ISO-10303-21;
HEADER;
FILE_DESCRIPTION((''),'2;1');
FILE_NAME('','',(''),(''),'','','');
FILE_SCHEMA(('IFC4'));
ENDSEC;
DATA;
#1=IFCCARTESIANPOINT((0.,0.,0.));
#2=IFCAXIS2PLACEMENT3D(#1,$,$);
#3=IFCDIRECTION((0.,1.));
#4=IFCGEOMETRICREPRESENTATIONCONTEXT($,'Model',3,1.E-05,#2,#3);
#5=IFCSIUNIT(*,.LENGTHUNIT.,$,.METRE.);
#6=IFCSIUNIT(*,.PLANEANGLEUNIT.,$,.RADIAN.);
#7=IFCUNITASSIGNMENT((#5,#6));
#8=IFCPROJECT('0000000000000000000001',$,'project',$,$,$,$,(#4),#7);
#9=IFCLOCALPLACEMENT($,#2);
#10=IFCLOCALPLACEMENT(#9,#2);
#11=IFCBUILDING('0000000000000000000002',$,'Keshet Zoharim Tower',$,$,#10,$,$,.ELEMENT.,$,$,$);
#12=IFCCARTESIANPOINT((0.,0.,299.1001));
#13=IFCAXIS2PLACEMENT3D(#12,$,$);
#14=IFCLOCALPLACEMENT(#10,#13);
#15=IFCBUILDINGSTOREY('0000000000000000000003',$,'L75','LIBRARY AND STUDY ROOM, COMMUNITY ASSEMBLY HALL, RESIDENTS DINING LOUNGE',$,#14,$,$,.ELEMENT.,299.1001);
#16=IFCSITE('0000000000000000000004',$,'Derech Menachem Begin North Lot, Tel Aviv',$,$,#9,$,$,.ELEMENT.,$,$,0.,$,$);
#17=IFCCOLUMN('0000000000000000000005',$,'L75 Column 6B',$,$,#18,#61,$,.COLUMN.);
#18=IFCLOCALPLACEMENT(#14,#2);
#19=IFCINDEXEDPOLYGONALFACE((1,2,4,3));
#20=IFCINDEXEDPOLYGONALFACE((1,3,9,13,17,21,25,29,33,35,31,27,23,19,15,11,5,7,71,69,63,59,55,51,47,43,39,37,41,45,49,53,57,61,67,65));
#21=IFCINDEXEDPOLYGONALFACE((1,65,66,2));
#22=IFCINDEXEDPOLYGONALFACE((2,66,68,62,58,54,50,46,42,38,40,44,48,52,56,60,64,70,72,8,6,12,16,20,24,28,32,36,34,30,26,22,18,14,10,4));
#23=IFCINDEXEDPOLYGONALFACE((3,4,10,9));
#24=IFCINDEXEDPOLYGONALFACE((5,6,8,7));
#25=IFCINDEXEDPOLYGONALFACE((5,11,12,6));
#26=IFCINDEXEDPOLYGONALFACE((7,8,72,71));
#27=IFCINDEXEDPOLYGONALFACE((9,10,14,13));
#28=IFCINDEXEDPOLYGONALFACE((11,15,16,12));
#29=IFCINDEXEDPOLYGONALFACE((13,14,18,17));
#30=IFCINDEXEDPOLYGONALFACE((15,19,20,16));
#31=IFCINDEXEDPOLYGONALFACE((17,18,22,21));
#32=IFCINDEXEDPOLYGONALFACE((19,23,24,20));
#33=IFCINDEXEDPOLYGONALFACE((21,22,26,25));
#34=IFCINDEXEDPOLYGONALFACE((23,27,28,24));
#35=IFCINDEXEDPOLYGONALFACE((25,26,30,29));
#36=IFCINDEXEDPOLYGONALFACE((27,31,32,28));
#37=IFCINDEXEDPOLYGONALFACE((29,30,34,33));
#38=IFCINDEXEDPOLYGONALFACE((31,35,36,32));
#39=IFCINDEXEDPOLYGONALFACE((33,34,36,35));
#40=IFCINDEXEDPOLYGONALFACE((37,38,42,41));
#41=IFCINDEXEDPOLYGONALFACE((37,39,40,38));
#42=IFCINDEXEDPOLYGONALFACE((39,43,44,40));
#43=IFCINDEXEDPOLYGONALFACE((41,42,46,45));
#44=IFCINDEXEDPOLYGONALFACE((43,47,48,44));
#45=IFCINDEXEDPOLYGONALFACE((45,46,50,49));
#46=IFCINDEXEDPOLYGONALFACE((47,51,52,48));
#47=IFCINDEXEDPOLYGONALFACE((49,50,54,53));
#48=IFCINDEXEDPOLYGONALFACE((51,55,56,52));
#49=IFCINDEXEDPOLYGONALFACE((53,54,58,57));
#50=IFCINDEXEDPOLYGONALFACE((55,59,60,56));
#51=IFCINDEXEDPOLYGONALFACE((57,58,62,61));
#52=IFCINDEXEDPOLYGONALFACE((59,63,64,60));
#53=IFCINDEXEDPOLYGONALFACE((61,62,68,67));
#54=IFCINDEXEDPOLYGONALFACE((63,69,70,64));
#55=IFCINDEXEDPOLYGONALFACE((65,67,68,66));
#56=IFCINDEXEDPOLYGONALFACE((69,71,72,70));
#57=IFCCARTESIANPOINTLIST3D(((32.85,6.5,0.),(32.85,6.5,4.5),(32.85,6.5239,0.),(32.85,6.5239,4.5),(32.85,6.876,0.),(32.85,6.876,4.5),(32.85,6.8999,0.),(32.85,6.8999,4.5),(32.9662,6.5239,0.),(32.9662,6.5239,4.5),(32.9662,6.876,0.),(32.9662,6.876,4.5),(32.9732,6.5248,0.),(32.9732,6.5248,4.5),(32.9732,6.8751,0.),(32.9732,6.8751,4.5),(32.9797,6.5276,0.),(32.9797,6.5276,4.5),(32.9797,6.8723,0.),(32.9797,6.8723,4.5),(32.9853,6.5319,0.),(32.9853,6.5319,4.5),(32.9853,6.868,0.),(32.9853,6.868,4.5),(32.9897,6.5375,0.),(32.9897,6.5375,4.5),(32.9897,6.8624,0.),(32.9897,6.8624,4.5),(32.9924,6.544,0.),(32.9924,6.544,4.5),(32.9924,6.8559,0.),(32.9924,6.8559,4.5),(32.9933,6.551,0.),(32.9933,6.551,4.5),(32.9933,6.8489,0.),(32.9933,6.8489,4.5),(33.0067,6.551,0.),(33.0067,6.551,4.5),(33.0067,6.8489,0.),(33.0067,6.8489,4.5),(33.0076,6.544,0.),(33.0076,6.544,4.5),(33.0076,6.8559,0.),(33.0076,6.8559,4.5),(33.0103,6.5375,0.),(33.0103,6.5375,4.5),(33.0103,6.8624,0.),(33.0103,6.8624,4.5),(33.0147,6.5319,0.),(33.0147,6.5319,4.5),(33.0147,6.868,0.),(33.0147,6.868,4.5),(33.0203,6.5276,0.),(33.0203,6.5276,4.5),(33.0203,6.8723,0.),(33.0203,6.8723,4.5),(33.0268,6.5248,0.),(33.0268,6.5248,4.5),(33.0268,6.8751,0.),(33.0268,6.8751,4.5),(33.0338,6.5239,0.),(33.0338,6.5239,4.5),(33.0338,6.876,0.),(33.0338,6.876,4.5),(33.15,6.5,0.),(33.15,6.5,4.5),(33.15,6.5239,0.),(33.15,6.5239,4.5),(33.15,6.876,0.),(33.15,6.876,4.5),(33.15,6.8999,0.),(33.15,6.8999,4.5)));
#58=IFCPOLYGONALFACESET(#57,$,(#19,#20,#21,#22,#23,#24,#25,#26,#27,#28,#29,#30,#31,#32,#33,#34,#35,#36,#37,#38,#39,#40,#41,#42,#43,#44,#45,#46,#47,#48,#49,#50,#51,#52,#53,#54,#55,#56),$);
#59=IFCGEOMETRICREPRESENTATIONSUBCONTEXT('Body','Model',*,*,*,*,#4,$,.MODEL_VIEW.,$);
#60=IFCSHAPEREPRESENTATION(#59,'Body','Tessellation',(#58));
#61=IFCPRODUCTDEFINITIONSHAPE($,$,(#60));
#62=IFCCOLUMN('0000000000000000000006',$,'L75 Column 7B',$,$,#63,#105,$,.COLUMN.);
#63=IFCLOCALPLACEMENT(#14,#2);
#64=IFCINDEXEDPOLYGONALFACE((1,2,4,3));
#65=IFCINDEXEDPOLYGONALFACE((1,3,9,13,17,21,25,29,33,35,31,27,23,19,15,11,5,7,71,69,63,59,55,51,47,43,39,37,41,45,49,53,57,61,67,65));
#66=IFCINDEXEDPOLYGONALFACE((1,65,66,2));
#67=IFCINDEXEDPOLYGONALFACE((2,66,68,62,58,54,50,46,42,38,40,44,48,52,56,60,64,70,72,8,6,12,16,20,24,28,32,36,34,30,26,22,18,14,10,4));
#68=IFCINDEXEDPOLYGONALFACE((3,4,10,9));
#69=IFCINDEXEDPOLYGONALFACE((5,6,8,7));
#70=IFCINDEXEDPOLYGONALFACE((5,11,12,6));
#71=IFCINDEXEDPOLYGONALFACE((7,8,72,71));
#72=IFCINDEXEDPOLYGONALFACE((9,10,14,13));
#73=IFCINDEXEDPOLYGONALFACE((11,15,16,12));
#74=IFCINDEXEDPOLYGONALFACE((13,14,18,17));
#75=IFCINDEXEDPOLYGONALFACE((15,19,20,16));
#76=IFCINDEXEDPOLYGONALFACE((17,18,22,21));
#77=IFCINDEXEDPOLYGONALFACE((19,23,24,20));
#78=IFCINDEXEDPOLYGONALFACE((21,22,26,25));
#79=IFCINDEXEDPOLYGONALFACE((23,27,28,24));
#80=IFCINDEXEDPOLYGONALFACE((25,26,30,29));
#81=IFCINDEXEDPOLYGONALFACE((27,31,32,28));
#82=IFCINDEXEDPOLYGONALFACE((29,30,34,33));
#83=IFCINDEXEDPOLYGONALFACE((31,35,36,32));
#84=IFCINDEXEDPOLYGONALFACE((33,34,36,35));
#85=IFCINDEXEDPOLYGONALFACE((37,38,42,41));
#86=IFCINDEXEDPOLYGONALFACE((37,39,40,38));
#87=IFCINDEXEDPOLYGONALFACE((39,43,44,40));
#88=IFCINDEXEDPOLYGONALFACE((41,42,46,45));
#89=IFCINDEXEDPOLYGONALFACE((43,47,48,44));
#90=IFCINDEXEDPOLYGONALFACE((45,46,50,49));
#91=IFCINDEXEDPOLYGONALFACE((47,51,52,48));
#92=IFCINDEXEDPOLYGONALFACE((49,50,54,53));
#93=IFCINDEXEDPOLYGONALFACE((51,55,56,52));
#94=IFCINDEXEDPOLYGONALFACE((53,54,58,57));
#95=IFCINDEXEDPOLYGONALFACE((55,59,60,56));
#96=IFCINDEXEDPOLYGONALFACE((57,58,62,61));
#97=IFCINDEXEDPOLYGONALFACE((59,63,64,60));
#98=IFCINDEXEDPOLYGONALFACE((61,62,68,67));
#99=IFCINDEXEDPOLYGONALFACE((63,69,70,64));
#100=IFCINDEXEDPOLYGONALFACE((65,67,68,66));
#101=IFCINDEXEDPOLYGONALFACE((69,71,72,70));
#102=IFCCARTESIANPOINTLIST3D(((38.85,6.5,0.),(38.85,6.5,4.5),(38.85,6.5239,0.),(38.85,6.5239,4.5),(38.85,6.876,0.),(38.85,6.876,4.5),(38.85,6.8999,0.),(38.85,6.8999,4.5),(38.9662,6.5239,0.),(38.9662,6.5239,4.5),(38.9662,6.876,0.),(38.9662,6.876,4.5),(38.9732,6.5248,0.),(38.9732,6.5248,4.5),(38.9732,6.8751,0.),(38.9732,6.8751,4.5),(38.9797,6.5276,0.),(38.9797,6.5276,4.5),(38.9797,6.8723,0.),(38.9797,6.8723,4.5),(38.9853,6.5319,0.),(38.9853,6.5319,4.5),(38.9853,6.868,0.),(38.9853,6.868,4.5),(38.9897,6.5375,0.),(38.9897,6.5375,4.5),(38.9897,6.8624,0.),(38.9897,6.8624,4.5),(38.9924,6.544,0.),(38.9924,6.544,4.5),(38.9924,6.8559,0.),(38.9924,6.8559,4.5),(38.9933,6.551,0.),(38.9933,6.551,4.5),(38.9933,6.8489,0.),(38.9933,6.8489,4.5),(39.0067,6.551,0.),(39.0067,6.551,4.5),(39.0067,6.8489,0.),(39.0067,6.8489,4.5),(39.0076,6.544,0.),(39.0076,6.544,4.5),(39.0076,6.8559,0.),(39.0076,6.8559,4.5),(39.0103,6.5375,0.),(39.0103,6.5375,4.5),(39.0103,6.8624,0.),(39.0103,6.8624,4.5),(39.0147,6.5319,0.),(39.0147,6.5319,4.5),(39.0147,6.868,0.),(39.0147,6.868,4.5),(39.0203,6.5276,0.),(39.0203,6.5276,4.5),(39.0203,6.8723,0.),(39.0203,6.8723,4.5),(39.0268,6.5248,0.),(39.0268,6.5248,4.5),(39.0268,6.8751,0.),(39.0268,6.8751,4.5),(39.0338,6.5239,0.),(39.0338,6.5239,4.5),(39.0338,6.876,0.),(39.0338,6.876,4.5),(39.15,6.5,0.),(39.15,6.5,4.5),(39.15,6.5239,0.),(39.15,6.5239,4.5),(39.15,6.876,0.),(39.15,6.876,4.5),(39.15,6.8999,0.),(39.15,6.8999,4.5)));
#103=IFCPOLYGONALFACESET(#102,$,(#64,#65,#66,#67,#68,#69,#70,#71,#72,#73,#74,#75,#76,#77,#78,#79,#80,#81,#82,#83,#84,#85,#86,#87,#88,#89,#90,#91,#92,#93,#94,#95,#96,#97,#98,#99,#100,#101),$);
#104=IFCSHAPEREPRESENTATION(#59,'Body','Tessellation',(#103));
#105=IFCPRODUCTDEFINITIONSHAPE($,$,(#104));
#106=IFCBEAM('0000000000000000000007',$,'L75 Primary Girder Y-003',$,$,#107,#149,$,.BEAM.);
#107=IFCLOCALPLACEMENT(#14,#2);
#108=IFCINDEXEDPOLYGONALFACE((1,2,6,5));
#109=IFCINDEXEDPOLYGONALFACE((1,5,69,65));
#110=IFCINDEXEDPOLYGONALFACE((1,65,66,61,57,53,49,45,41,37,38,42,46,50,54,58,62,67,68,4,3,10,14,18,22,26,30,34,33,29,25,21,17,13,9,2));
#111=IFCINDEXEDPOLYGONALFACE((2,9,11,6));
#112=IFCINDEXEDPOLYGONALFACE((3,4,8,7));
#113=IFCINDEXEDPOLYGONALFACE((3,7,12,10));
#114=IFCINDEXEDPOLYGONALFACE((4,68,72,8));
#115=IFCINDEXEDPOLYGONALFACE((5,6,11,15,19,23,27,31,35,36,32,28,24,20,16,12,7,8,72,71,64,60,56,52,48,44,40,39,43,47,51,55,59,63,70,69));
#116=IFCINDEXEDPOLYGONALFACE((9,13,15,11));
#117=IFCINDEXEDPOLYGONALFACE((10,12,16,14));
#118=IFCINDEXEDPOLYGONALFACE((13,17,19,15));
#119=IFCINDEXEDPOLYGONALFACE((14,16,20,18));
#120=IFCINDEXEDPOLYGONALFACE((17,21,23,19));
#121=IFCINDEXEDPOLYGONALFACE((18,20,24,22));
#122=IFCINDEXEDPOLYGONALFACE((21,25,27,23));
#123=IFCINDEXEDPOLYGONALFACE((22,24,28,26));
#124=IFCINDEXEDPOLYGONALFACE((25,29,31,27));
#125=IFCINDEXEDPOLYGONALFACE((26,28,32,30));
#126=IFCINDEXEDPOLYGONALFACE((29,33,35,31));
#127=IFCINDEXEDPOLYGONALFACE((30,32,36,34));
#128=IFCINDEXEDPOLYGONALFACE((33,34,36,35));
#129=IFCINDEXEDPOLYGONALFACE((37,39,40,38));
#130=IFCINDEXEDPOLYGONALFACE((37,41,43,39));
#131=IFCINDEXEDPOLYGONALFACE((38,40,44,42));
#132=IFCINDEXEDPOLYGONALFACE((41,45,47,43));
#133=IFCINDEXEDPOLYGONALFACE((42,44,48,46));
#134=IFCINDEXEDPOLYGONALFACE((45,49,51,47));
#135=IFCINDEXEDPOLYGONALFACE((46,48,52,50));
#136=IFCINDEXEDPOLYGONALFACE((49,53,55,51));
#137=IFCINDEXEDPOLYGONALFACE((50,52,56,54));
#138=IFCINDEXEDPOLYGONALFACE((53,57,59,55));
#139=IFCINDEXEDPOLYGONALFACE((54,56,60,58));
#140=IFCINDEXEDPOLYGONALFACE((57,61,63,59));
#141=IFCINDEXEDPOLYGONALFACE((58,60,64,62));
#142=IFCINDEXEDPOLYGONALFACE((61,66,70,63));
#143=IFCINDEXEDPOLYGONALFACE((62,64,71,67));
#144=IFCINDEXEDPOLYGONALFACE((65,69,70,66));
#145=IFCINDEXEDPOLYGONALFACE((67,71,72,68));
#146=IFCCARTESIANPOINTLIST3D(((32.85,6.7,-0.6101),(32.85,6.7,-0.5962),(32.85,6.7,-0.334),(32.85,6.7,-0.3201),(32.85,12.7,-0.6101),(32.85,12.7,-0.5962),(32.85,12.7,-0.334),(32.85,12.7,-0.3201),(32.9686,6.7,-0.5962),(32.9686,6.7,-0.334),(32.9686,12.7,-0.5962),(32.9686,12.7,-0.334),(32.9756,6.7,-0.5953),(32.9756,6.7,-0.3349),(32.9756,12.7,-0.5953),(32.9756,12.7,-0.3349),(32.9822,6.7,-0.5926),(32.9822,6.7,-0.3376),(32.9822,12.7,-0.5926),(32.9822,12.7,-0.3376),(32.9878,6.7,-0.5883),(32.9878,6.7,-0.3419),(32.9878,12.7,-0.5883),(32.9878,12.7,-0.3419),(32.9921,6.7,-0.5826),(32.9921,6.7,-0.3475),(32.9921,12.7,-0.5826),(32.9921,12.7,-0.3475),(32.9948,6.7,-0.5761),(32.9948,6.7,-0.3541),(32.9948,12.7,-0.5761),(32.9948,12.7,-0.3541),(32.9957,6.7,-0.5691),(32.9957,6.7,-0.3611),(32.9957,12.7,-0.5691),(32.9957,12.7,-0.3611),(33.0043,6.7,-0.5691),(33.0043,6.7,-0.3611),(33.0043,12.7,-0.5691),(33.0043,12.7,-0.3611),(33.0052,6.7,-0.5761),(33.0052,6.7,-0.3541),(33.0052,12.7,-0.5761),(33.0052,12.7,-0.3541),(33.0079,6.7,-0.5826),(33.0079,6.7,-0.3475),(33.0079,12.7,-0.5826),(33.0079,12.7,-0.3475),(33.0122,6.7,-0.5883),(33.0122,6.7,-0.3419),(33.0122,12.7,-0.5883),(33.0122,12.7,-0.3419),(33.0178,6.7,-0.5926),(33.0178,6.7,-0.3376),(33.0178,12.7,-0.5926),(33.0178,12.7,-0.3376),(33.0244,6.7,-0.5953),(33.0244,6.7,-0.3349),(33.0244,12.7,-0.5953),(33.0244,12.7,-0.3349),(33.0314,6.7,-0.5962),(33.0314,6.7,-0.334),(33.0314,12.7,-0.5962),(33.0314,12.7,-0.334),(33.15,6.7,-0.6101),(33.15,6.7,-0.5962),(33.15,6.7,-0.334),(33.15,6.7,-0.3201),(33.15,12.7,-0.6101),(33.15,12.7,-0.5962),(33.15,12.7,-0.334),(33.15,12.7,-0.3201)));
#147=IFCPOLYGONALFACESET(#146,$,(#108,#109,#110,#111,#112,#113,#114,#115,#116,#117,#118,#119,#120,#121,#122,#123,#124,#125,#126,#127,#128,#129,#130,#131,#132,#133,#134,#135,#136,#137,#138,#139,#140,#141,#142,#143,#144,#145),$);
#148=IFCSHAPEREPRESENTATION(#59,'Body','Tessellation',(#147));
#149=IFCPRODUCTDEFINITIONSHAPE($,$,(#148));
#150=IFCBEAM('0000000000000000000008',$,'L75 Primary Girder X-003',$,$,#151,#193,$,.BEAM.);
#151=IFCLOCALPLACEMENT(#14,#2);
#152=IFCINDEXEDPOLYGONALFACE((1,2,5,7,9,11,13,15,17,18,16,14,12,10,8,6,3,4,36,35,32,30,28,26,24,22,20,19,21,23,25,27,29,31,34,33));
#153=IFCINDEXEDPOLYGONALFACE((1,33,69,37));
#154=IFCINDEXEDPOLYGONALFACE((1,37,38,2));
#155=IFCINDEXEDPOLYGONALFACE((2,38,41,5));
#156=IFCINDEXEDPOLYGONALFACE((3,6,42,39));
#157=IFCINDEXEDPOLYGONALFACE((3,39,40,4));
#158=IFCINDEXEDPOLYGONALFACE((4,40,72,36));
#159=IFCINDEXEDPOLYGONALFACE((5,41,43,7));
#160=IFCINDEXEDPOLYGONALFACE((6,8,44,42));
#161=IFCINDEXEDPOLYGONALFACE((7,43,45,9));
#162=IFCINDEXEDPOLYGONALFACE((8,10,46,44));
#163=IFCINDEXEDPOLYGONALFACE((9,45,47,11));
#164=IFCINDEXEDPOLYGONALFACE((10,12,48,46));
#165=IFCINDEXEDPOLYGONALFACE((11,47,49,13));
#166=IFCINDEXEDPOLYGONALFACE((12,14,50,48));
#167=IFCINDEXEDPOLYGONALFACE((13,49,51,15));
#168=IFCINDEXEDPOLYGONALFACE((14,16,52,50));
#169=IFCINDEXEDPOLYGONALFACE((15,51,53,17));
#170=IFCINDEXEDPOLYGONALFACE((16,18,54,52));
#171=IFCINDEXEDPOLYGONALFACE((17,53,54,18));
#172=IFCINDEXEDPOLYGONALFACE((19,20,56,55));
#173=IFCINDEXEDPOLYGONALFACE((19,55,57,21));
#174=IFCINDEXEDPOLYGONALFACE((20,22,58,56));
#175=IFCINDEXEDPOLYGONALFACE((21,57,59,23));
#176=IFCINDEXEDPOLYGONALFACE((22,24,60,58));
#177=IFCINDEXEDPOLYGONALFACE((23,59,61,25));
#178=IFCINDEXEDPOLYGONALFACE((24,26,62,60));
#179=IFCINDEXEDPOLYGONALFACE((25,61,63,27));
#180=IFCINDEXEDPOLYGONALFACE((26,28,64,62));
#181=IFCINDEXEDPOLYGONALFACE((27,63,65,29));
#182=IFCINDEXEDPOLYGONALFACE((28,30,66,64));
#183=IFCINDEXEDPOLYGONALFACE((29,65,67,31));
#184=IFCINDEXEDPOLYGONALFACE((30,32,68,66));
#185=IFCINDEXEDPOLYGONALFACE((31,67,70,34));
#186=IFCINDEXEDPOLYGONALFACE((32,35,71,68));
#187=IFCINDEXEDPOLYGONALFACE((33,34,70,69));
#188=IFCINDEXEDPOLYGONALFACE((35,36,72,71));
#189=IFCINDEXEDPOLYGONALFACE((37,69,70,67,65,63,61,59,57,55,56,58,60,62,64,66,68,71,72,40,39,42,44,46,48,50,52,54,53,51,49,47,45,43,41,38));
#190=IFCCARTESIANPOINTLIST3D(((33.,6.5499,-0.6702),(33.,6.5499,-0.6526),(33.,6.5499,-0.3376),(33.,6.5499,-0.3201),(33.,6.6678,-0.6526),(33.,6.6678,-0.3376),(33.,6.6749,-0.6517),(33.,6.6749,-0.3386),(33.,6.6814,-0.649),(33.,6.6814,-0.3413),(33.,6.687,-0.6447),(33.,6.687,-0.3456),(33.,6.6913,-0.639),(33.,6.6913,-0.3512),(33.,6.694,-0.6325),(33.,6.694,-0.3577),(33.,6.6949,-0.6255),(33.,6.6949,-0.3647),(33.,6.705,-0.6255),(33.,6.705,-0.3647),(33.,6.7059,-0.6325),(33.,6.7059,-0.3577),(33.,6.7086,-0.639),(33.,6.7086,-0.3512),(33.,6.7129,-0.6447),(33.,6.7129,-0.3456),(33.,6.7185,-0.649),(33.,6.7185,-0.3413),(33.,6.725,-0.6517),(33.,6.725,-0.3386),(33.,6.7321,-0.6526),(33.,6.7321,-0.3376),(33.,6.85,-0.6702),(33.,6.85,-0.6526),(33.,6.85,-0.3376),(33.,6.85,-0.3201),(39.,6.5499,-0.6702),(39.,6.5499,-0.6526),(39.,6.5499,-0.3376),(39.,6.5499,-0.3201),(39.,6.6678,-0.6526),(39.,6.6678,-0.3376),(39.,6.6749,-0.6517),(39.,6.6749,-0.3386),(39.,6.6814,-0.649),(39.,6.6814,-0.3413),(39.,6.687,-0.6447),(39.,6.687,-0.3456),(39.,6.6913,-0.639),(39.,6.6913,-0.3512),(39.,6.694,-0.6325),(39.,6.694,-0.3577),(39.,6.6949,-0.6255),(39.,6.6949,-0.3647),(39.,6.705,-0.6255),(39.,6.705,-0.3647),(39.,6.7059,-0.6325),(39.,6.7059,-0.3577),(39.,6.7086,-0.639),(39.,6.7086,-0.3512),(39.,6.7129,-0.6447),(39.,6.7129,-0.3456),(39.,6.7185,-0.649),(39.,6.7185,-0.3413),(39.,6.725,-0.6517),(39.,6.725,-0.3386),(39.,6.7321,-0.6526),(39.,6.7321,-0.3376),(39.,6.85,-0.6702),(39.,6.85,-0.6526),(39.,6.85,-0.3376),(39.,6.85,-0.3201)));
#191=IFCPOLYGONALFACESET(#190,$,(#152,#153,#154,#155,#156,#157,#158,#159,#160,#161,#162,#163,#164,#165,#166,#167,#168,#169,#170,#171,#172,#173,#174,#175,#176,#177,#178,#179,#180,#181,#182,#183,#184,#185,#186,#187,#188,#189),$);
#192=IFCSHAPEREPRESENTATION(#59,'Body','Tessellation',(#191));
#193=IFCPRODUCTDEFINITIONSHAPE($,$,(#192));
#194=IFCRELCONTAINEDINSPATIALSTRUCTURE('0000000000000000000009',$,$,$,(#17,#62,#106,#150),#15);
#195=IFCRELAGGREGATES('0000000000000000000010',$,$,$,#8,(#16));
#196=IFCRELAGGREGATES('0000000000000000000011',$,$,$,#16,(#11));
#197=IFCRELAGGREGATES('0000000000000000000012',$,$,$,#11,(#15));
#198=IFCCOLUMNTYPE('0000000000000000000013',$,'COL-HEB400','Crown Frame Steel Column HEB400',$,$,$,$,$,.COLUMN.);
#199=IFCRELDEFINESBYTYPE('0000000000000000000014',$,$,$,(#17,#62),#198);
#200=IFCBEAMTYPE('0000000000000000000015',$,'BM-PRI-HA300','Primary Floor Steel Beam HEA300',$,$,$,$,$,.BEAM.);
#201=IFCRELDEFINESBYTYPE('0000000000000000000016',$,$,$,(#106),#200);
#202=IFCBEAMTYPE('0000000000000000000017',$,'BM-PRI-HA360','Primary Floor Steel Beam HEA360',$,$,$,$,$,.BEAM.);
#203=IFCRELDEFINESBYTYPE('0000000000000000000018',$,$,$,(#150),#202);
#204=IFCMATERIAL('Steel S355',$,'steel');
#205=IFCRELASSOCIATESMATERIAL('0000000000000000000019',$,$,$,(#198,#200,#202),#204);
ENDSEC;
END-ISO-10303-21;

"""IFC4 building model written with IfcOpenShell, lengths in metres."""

from ifc_helpers import new_model, si_unit, direction, frame, origin, origin_2d, place, context, subcontext, project, spatial, i_section, extrude, material, material_profile, profile_set, type_object, element, save


model = new_model("IFC4")

# Units and contexts
model_context = context("Model", 3, precision=1e-05, world=origin(), true_north=direction((0.0, 1.0)))
body_context = subcontext(model_context, "Body", "Model", "MODEL_VIEW")
ifc_project = project(units=[si_unit("LENGTHUNIT", "METRE"), si_unit("PLANEANGLEUNIT", "RADIAN")], contexts=[model_context])

# Site, building, storey
site_placement = place(None, origin())
site = spatial("IfcSite", under=ifc_project, at=site_placement, Name="Derech Menachem Begin North Lot, Tel Aviv", CompositionType="ELEMENT", RefElevation=0.0)
building_placement = place(site_placement, origin())
building = spatial("IfcBuilding", under=site, at=building_placement, Name="Keshet Zoharim Tower", CompositionType="ELEMENT")
storey_placement = place(building_placement, frame((0.0, 0.0, 299.1001)))
storey = spatial("IfcBuildingStorey", under=building, at=storey_placement, Name="L75", Description="LIBRARY AND STUDY ROOM, COMMUNITY ASSEMBLY HALL, RESIDENTS DINING LOUNGE", CompositionType="ELEMENT", Elevation=299.1001)

# Columns
ifc_material_1 = material(Name="Steel S355", Category="steel")
ifc_material_profile_1 = material_profile(ifc_material_1, i_section(OverallWidth=0.3, OverallDepth=0.3999, WebThickness=0.0134, FlangeThickness=0.0239, FilletRadius=0.0271, at=origin_2d()), Name="HEB400")
ifc_profile_set_1 = profile_set([ifc_material_profile_1], Name="Steel S355")
column_type = type_object("IfcColumnType", Name="COL-HEB400", Description="Crown Frame Steel Column HEB400", PredefinedType="COLUMN", material=ifc_profile_set_1)
for number, where, z_axis, x_axis, name in (
    (1, (33.0, 6.7, 0.0), (0.0, 0.0, 1.0), (1.0, 0.0, 0.0), "L75 Column 6B"),
    (2, (39.0, 6.7, 0.0), (0.0, 0.0, 1.0), (1.0, 0.0, 0.0), "L75 Column 7B"),
):
    element("IfcColumn", number, at=place(storey_placement, frame(where, z_axis=z_axis, x_axis=x_axis)), inside=storey, type_object=column_type, Name=name, PredefinedType="COLUMN", context=body_context, shape_type="SweptSolid", body=[
        extrude(i_section(OverallWidth=0.3, OverallDepth=0.3999, WebThickness=0.0134, FlangeThickness=0.0239, FilletRadius=0.0271, at=origin_2d()), origin(), (0.0, 0.0, 1.0), 4.5),
    ])

# Beams
ifc_material_profile_2 = material_profile(ifc_material_1, i_section(OverallWidth=0.3, OverallDepth=0.29, WebThickness=0.0085, FlangeThickness=0.0139, FilletRadius=0.0271, at=origin_2d()), Name="HEA300")
ifc_profile_set_2 = profile_set([ifc_material_profile_2], Name="Steel S355")
beam_type_1 = type_object("IfcBeamType", Name="BM-PRI-HA300", Description="Primary Floor Steel Beam HEA300", PredefinedType="BEAM", material=ifc_profile_set_2)
beam_1_placement = place(storey_placement, frame((33.0, 6.7, -0.4651), z_axis=(0.0, 1.0, 0.0), x_axis=(-1.0, 0.0, 0.0)))
element("IfcBeam", 3, at=beam_1_placement, inside=storey, type_object=beam_type_1, Name="L75 Primary Girder Y-003", PredefinedType="BEAM", context=body_context, shape_type="SweptSolid", body=[
    extrude(i_section(OverallWidth=0.3, OverallDepth=0.29, WebThickness=0.0085, FlangeThickness=0.0139, FilletRadius=0.0271, at=origin_2d()), origin(), (0.0, 0.0, 1.0), 6.0),
])
ifc_material_profile_3 = material_profile(ifc_material_1, i_section(OverallWidth=0.3, OverallDepth=0.3501, WebThickness=0.01, FlangeThickness=0.0176, FilletRadius=0.0271, at=origin_2d()), Name="HEA360")
ifc_profile_set_3 = profile_set([ifc_material_profile_3], Name="Steel S355")
beam_type_2 = type_object("IfcBeamType", Name="BM-PRI-HA360", Description="Primary Floor Steel Beam HEA360", PredefinedType="BEAM", material=ifc_profile_set_3)
beam_2_placement = place(storey_placement, frame((33.0, 6.7, -0.4951), z_axis=(1.0, 0.0, 0.0), x_axis=(0.0, 1.0, 0.0)))
element("IfcBeam", 4, at=beam_2_placement, inside=storey, type_object=beam_type_2, Name="L75 Primary Girder X-003", PredefinedType="BEAM", context=body_context, shape_type="SweptSolid", body=[
    extrude(i_section(OverallWidth=0.3, OverallDepth=0.3501, WebThickness=0.01, FlangeThickness=0.0176, FilletRadius=0.0271, at=origin_2d()), origin(), (0.0, 0.0, 1.0), 6.0),
])

save(model, "model.ifc")
